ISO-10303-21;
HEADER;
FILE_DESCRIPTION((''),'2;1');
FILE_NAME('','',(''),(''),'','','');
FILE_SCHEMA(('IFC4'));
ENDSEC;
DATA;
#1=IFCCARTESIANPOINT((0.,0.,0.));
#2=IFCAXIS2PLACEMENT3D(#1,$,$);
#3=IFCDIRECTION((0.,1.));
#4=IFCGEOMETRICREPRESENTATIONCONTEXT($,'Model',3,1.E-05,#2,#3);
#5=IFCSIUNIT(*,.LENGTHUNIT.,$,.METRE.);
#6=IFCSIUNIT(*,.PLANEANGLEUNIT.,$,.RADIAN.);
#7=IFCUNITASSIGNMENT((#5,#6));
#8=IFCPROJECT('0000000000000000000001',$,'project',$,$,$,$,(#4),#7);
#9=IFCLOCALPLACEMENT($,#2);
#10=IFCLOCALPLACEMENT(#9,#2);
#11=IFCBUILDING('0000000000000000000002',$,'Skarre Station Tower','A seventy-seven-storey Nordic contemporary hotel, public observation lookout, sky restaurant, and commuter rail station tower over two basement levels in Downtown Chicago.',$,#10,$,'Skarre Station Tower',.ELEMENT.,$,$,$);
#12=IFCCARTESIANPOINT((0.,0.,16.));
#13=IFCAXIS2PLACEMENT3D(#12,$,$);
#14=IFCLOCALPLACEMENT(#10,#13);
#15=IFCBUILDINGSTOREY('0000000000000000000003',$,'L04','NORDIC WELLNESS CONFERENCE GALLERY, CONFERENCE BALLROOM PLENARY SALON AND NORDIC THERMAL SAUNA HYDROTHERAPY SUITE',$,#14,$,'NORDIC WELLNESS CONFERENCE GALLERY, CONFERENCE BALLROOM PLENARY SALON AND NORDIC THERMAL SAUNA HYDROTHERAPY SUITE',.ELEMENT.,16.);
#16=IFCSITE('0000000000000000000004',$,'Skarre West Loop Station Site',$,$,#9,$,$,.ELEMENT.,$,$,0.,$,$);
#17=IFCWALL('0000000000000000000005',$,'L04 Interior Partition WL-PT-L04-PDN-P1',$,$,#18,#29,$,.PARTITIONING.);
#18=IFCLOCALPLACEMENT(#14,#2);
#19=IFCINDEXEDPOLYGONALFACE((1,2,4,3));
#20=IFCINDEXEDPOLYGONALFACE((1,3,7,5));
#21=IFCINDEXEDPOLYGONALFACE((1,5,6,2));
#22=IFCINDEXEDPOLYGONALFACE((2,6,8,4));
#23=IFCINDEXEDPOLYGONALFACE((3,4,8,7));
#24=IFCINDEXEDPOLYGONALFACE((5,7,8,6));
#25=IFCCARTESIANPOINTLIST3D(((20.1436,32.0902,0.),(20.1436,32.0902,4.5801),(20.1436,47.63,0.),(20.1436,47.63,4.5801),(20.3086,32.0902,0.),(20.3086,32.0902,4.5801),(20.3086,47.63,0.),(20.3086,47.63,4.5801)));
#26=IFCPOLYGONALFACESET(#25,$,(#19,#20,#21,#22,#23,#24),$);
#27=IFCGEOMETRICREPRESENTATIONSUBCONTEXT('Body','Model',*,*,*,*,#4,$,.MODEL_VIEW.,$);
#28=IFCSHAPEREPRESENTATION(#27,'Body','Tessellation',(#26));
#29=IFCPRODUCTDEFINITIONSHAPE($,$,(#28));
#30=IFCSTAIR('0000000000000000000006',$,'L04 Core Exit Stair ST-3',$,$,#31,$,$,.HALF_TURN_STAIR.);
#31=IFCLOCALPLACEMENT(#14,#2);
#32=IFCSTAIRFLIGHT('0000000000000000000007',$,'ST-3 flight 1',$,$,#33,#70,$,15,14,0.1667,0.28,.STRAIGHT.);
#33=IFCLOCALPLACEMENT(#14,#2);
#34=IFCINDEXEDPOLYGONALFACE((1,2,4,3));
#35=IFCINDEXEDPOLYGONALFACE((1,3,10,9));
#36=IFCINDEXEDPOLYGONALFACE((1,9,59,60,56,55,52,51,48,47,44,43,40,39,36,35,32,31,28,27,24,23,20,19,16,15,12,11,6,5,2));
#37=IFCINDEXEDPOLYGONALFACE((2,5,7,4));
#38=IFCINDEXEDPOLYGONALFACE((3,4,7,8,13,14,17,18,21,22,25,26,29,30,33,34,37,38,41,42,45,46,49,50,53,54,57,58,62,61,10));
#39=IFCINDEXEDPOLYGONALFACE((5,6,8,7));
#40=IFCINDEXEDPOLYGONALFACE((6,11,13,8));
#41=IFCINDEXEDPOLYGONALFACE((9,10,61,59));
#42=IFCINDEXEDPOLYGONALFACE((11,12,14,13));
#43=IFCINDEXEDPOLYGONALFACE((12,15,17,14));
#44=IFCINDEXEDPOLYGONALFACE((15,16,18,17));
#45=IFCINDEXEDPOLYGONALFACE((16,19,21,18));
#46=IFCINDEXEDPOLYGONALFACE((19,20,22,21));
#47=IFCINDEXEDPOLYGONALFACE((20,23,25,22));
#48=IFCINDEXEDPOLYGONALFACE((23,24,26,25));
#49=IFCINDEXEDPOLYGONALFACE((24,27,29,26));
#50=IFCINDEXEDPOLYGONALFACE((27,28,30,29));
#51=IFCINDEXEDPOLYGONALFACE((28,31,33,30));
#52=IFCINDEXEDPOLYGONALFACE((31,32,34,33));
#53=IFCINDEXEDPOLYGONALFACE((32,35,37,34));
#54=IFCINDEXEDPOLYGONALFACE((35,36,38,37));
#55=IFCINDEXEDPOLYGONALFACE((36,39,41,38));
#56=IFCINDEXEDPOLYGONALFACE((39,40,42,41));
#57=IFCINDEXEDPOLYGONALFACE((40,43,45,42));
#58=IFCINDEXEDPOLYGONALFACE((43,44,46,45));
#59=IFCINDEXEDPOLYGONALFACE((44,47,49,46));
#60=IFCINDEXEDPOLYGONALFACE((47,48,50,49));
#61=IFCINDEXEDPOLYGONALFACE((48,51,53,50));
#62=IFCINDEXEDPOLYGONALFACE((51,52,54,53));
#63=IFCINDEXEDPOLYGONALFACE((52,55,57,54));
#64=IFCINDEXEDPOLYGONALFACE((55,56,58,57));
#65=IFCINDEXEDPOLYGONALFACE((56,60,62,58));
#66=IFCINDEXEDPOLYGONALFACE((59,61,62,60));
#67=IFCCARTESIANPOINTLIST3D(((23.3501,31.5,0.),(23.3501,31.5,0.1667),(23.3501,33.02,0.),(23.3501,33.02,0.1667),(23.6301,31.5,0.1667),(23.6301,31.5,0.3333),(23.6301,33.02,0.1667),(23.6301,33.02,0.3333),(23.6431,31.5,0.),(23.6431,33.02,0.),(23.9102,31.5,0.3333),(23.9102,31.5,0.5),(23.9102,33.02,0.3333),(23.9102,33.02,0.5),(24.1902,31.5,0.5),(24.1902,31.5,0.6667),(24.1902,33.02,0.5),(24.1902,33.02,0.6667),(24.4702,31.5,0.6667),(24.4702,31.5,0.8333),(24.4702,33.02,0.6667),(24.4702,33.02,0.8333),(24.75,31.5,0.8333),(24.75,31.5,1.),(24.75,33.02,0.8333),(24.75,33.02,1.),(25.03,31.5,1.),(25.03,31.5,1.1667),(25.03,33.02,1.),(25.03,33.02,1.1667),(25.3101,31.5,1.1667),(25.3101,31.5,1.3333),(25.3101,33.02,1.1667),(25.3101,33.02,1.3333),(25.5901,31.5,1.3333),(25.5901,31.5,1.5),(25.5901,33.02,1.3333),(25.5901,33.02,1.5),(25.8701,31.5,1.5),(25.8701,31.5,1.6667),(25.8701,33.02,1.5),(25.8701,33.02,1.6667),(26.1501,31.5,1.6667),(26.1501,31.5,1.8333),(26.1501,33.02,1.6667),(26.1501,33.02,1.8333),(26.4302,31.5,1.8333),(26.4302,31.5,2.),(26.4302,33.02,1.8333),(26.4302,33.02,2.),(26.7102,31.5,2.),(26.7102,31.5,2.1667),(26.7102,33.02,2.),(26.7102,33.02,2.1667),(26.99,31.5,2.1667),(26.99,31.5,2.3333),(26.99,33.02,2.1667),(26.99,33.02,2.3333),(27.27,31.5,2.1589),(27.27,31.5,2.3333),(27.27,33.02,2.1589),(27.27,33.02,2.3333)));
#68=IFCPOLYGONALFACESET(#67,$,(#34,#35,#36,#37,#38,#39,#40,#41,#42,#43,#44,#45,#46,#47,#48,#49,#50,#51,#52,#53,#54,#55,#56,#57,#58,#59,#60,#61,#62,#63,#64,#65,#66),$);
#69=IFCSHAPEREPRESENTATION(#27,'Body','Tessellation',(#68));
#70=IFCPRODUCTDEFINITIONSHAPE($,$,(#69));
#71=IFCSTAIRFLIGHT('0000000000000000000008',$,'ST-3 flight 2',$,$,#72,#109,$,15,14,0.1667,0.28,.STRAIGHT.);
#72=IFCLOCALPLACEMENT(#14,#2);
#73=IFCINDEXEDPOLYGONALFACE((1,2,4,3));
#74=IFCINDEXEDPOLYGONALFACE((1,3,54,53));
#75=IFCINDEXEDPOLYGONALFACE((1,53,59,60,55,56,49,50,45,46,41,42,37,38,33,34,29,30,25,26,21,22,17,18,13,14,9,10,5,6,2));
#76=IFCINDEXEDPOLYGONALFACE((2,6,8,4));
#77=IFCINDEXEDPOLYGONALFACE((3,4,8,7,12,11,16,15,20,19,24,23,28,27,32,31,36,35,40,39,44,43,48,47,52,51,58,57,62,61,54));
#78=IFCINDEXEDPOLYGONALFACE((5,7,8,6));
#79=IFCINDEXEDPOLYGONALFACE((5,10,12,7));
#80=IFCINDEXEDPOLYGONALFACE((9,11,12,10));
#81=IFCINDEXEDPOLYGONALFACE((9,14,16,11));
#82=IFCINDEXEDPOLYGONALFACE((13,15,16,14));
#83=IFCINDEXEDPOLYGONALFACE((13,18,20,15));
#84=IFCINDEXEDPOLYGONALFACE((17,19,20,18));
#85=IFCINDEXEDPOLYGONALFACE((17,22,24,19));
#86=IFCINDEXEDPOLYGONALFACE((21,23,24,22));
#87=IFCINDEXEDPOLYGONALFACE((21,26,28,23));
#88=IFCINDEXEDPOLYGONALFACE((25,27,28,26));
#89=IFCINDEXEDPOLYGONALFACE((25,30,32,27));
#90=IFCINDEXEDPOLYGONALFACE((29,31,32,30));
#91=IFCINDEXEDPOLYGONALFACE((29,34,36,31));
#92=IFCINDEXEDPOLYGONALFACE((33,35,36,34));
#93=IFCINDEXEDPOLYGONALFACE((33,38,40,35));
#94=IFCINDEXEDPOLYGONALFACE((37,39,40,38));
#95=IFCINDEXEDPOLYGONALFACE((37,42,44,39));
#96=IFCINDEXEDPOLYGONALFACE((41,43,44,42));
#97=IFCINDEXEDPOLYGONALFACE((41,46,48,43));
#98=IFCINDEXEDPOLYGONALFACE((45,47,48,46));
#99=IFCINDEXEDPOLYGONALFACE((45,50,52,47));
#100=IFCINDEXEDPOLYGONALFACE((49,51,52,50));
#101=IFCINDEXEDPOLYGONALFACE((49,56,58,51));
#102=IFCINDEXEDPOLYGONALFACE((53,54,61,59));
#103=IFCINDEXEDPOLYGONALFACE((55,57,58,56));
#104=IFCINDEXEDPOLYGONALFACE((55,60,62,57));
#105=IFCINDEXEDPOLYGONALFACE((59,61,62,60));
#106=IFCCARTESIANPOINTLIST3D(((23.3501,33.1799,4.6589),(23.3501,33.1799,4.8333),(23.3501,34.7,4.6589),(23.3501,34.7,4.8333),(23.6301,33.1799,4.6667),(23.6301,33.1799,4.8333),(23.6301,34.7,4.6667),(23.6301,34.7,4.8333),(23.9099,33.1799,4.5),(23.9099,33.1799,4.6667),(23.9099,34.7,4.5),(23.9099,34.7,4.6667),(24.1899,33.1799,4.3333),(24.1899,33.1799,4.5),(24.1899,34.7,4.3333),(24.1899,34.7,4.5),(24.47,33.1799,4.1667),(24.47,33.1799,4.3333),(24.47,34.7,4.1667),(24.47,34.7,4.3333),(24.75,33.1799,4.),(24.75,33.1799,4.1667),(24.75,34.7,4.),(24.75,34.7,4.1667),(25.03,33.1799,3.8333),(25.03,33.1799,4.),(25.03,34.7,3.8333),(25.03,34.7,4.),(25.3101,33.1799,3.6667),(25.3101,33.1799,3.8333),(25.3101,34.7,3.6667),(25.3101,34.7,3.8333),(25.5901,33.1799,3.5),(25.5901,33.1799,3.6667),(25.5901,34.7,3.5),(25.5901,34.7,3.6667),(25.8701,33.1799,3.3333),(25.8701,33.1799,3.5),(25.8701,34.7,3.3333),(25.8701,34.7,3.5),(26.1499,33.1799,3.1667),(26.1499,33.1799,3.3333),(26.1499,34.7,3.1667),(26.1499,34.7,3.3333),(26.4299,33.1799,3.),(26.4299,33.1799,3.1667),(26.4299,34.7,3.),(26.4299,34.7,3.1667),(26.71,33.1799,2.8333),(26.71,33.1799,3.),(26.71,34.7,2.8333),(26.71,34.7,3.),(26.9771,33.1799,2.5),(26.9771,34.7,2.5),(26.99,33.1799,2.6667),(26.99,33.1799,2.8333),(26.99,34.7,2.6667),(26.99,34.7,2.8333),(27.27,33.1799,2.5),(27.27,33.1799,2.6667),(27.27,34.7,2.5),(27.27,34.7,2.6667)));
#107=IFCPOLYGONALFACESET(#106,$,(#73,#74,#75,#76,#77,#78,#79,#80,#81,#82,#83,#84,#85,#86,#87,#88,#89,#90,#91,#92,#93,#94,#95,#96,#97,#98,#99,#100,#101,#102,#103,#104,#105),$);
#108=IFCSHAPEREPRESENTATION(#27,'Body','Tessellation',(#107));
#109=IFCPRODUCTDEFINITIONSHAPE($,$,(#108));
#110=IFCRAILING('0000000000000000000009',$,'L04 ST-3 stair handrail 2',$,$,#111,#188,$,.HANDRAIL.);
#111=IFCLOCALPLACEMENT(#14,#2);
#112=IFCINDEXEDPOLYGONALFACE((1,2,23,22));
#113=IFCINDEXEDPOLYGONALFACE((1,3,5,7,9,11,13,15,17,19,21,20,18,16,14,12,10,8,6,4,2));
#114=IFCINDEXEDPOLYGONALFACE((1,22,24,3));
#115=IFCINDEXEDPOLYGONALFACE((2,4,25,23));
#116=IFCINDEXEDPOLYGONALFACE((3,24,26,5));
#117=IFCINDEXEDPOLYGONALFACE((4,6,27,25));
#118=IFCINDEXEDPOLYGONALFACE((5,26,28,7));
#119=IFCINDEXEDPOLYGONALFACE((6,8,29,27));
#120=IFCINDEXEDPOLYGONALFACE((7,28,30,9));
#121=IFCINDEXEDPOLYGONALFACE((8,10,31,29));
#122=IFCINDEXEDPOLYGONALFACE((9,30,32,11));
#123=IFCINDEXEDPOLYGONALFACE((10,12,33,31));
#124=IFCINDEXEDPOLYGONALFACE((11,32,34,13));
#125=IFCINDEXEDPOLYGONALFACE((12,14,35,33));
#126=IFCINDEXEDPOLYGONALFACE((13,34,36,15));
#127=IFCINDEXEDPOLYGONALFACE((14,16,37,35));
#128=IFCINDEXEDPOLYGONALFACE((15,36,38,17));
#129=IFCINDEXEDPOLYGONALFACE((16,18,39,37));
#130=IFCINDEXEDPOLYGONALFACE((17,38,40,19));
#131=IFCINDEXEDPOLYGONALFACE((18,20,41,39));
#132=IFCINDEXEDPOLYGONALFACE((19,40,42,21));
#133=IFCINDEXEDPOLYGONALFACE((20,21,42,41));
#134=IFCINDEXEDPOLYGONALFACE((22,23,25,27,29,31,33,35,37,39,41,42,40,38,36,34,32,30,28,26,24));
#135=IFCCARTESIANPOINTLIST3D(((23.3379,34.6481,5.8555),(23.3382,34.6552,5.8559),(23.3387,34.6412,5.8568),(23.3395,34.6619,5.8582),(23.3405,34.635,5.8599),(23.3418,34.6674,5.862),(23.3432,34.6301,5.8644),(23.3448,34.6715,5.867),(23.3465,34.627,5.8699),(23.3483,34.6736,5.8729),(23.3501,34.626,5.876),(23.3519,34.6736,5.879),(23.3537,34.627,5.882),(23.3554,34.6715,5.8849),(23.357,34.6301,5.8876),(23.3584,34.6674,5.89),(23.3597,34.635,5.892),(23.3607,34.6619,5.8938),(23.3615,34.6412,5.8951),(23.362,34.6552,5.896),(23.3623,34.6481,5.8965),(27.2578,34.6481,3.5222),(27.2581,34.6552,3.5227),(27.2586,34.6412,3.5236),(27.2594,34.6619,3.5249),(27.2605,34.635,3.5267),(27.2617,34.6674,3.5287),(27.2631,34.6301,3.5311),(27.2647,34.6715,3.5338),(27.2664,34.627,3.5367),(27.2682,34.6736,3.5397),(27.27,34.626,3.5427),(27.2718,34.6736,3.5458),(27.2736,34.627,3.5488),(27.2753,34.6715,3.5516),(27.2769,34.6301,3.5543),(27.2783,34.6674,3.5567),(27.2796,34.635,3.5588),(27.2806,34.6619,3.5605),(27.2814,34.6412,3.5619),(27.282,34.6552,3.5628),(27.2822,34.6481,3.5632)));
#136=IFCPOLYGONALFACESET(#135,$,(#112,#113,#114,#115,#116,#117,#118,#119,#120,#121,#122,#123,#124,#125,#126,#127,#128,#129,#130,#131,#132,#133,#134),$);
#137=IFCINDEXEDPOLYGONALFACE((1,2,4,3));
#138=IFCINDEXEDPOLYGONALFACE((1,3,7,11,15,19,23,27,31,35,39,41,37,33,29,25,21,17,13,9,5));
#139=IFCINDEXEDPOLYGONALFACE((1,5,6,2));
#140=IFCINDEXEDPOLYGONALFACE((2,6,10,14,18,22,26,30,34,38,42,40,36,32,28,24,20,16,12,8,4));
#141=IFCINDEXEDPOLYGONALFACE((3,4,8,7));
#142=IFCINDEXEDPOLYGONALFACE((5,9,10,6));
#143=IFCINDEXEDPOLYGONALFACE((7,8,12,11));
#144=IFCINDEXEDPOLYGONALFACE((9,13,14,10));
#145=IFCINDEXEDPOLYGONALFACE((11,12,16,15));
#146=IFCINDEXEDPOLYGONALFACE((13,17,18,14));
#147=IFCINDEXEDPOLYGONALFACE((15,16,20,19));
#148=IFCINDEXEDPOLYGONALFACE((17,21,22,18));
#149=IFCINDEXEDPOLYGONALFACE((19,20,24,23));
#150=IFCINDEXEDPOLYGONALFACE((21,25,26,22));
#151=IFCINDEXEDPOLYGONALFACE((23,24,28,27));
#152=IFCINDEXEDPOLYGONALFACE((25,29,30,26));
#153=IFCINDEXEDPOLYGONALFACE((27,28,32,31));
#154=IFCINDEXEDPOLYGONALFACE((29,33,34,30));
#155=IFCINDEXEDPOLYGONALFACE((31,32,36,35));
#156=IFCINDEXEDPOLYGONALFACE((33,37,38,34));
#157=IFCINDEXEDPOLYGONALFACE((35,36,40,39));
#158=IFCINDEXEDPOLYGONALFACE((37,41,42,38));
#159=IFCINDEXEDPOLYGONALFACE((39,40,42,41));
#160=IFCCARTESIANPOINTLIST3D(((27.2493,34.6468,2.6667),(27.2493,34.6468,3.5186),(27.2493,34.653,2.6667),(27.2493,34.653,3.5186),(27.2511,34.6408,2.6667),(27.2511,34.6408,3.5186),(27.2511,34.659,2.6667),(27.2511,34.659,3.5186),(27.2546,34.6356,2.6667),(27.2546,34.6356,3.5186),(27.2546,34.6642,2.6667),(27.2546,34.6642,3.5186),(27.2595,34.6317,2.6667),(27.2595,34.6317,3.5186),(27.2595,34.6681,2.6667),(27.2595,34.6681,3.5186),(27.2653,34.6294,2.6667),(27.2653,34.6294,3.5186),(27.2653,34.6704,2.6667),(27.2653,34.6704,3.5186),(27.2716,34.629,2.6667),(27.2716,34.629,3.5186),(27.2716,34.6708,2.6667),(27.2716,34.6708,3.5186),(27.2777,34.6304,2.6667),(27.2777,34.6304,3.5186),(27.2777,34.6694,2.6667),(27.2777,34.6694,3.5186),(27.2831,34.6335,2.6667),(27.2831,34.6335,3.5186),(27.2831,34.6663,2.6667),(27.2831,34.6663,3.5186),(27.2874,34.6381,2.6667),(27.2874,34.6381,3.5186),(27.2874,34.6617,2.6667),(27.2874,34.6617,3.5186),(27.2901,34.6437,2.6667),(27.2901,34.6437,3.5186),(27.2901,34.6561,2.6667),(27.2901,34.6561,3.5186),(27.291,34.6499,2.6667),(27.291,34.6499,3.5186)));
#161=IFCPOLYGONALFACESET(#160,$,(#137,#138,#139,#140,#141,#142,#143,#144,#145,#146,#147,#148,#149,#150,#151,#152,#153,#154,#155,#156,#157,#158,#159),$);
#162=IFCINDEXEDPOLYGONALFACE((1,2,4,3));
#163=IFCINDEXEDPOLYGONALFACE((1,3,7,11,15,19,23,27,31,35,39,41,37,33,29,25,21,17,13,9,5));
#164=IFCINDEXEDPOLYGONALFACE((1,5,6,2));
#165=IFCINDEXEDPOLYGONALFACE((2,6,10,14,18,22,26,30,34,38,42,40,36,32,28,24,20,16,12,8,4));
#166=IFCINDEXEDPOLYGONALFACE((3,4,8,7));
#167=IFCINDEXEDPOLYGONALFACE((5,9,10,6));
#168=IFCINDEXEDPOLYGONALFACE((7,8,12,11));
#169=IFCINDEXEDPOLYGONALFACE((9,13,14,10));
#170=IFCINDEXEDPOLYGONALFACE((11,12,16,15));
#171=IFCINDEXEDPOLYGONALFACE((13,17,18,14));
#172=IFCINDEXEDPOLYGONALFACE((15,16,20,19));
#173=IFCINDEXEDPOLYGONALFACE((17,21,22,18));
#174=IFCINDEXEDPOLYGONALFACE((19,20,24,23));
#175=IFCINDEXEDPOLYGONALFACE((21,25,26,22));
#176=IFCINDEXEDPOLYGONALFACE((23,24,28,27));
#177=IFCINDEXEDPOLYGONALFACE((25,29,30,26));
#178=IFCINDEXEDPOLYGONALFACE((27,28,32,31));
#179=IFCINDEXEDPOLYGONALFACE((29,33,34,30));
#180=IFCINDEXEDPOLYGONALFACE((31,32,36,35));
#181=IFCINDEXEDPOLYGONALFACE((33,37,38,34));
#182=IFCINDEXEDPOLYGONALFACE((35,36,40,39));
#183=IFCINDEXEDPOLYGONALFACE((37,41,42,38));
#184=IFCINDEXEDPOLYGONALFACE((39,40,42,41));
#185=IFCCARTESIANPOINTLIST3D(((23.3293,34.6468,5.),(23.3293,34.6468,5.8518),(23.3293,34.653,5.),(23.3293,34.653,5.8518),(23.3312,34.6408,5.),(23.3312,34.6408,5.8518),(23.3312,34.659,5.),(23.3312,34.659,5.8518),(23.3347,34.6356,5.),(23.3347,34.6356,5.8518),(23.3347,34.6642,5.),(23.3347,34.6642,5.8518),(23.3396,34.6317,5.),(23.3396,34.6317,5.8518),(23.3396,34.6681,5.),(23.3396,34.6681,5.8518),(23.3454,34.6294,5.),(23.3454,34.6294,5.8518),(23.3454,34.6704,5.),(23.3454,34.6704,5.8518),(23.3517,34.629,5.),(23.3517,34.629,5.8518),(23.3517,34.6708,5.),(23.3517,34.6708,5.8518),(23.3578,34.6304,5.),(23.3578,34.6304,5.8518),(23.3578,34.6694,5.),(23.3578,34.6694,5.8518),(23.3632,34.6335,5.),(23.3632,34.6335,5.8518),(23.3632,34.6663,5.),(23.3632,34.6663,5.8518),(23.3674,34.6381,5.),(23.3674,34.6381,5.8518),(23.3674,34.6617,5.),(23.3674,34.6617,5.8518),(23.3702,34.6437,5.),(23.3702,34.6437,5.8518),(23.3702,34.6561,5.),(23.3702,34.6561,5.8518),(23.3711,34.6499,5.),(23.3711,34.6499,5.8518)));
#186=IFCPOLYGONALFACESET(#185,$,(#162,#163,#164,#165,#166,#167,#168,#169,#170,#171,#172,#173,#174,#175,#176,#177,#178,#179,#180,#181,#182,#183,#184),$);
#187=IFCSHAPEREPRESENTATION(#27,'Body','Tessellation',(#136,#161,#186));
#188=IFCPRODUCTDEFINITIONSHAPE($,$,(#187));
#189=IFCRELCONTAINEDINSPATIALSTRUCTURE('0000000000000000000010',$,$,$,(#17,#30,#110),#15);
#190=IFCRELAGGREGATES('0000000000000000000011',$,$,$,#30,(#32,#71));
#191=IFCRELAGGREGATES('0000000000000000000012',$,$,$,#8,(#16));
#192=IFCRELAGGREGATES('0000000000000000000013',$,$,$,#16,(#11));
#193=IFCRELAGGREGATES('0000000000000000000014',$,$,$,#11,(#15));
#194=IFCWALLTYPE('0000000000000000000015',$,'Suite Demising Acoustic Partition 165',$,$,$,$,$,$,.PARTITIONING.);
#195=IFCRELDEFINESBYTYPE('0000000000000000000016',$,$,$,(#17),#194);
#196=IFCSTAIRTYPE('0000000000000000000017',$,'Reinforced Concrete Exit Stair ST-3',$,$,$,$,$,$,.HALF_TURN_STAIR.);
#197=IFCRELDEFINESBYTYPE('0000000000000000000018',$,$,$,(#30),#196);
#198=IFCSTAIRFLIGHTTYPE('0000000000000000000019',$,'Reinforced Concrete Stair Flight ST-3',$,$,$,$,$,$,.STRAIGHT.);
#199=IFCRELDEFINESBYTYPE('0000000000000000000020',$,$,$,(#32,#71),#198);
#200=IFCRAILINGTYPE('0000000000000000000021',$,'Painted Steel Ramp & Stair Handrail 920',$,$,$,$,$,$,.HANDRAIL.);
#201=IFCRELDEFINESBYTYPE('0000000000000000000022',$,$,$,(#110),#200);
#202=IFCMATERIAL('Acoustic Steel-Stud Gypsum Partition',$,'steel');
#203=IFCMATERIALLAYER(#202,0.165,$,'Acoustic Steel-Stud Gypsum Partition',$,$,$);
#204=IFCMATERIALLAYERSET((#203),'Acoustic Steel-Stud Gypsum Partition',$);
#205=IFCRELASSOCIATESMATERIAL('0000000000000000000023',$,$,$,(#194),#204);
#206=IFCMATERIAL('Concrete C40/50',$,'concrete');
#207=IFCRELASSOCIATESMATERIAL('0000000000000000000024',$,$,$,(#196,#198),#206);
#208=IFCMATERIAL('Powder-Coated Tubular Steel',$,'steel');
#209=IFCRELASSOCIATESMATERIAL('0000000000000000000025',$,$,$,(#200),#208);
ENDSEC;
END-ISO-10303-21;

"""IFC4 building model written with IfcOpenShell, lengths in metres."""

from ifc_helpers import new_model, si_unit, direction, frame, frame_2d, origin, origin_2d, place, context, subcontext, project, spatial, polyline, rectangle, circle, outline, extrude, material, layer, layer_set, type_object, element, aggregate, save


model = new_model("IFC4")

# Units and contexts
model_context = context("Model", 3, precision=1e-05, world=origin(), true_north=direction((0.0, 1.0)))
body_context = subcontext(model_context, "Body", "Model", "MODEL_VIEW")
ifc_project = project(units=[si_unit("LENGTHUNIT", "METRE"), si_unit("PLANEANGLEUNIT", "RADIAN")], contexts=[model_context])

# Site, building, storey
site_placement = place(None, origin())
site = spatial("IfcSite", under=ifc_project, at=site_placement, Name="Skarre West Loop Station Site", CompositionType="ELEMENT", RefElevation=0.0)
building_placement = place(site_placement, origin())
building = spatial("IfcBuilding", under=site, at=building_placement, Name="Skarre Station Tower", Description="A seventy-seven-storey Nordic contemporary hotel, public observation lookout, sky restaurant, and commuter rail station tower over two basement levels in Downtown Chicago.", LongName="Skarre Station Tower", CompositionType="ELEMENT")
storey_placement = place(building_placement, frame((0.0, 0.0, 16.0)))
storey = spatial("IfcBuildingStorey", under=building, at=storey_placement, Name="L04", Description="NORDIC WELLNESS CONFERENCE GALLERY, CONFERENCE BALLROOM PLENARY SALON AND NORDIC THERMAL SAUNA HYDROTHERAPY SUITE", LongName="NORDIC WELLNESS CONFERENCE GALLERY, CONFERENCE BALLROOM PLENARY SALON AND NORDIC THERMAL SAUNA HYDROTHERAPY SUITE", CompositionType="ELEMENT", Elevation=16.0)

# Shared definitions
ifc_material_1 = material(Name="Acoustic Steel-Stud Gypsum Partition", Category="steel")

# Wall
ifc_layer_1 = layer(ifc_material_1, 0.165, Name="Acoustic Steel-Stud Gypsum Partition")
ifc_layer_set_1 = layer_set([ifc_layer_1], Name="Acoustic Steel-Stud Gypsum Partition")
wall_type_1 = type_object("IfcWallType", Name="Suite Demising Acoustic Partition 165", PredefinedType="PARTITIONING", material=ifc_layer_set_1)
wall_1_placement = place(storey_placement, frame((20.2261, 32.0901, 0.0), z_axis=(0.0, 0.0, 1.0), x_axis=(0.0, 1.0, 0.0)))
element("IfcWall", 1, at=wall_1_placement, inside=storey, type_object=wall_type_1, Name="L04 Interior Partition WL-PT-L04-PDN-P1", PredefinedType="PARTITIONING", context=body_context, shape_type="SweptSolid", body=[
    extrude(rectangle(XDim=15.5398, YDim=0.165, at=frame_2d((7.77, 0.0))), origin(), (0.0, 0.0, 1.0), 4.5801),
])

# Stair, stair flights
ifc_material_2 = material(Name="Concrete C40/50", Category="concrete")
stair_type = type_object("IfcStairType", Name="Reinforced Concrete Exit Stair ST-3", PredefinedType="HALF_TURN_STAIR", material=ifc_material_2)
stair_placement = place(storey_placement, origin())
stair = element("IfcStair", 2, at=stair_placement, inside=storey, type_object=stair_type, Name="L04 Core Exit Stair ST-3", PredefinedType="HALF_TURN_STAIR")
stair_flight_type = type_object("IfcStairFlightType", Name="Reinforced Concrete Stair Flight ST-3", PredefinedType="STRAIGHT", material=ifc_material_2)
stair_flight_1_placement = place(storey_placement, frame((23.3501, 32.26, 0.0), z_axis=(0.0, 0.0, 1.0), x_axis=(1.0, 0.0, 0.0)))
stair_flight_1 = element("IfcStairFlight", 3, at=stair_flight_1_placement, type_object=stair_flight_type, Name="ST-3 flight 1", NumberOfRisers=15, NumberOfTreads=14, PredefinedType="STRAIGHT", RiserHeight=0.1667, TreadLength=0.28, context=body_context, shape_type="SweptSolid", body=[
    extrude(outline(polyline([(0.0, 0.0), (0.0, 0.1667), (0.28, 0.1667), (0.28, 0.3333), (0.5601, 0.3333), (0.5601, 0.5), (0.8401, 0.5), (0.8401, 0.6667), (1.1201, 0.6667), (1.1201, 0.8333), (1.3999, 0.8333), (1.3999, 1.0), (1.6799, 1.0), (1.6799, 1.1667), (1.96, 1.1667), (1.96, 1.3333), (2.24, 1.3333), (2.24, 1.5), (2.52, 1.5), (2.52, 1.6667), (2.8, 1.6667), (2.8, 1.8333), (3.0801, 1.8333), (3.0801, 2.0), (3.3601, 2.0), (3.3601, 2.1667), (3.6399, 2.1667), (3.6399, 2.3333), (3.9199, 2.3333), (3.9199, 2.5), (3.9199, 2.1589), (0.293, 0.0), (0.0, 0.0)])), frame((0.0, 0.76, 0.0), z_axis=(0.0, -1.0, 0.0), x_axis=(1.0, 0.0, 0.0)), (0.0, 0.0, 1.0), 1.52),
])
stair_flight_2_placement = place(storey_placement, frame((27.27, 33.9399, 2.5), z_axis=(0.0, 0.0, 1.0), x_axis=(-1.0, 0.0, 0.0)))
stair_flight_2 = element("IfcStairFlight", 4, at=stair_flight_2_placement, type_object=stair_flight_type, Name="ST-3 flight 2", NumberOfRisers=15, NumberOfTreads=14, PredefinedType="STRAIGHT", RiserHeight=0.1667, TreadLength=0.28, context=body_context, shape_type="SweptSolid", body=[
    extrude(outline(polyline([(0.0, 0.0), (0.0, 0.1667), (0.28, 0.1667), (0.28, 0.3333), (0.5601, 0.3333), (0.5601, 0.5), (0.8401, 0.5), (0.8401, 0.6667), (1.1201, 0.6667), (1.1201, 0.8333), (1.3999, 0.8333), (1.3999, 1.0), (1.6799, 1.0), (1.6799, 1.1667), (1.96, 1.1667), (1.96, 1.3333), (2.24, 1.3333), (2.24, 1.5), (2.52, 1.5), (2.52, 1.6667), (2.8, 1.6667), (2.8, 1.8333), (3.0801, 1.8333), (3.0801, 2.0), (3.3601, 2.0), (3.3601, 2.1667), (3.6399, 2.1667), (3.6399, 2.3333), (3.9199, 2.3333), (3.9199, 2.5), (3.9199, 2.1589), (0.293, 0.0), (0.0, 0.0)])), frame((0.0, 0.76, 0.0), z_axis=(0.0, -1.0, 0.0), x_axis=(1.0, 0.0, 0.0)), (0.0, 0.0, 1.0), 1.52),
])
aggregate(stair, [stair_flight_1, stair_flight_2])

# Railing
ifc_material_3 = material(Name="Powder-Coated Tubular Steel", Category="steel")
railing_type_1 = type_object("IfcRailingType", Name="Painted Steel Ramp & Stair Handrail 920", PredefinedType="HANDRAIL", material=ifc_material_3)
railing_1_placement = place(storey_placement, frame((27.27, 34.6499, 2.6667)))
element("IfcRailing", 5, at=railing_1_placement, inside=storey, type_object=railing_type_1, Name="L04 ST-3 stair handrail 2", PredefinedType="HANDRAIL", context=body_context, shape_type="SweptSolid", body=[
    extrude(circle(Radius=0.0239, at=origin_2d()), frame((0.0, 0.0, 0.876), z_axis=(-0.859296, 0.0, 0.511478), x_axis=(0.0, -1.0, 0.0)), (0.0, 0.0, 1.0), 4.5618),
    extrude(circle(Radius=0.021, at=origin_2d()), origin(), (0.0, 0.0, 1.0), 0.8518),
    extrude(circle(Radius=0.021, at=origin_2d()), frame((-3.9199, 0.0, 2.3333)), (0.0, 0.0, 1.0), 0.8518),
])

save(model, "model.ifc")
